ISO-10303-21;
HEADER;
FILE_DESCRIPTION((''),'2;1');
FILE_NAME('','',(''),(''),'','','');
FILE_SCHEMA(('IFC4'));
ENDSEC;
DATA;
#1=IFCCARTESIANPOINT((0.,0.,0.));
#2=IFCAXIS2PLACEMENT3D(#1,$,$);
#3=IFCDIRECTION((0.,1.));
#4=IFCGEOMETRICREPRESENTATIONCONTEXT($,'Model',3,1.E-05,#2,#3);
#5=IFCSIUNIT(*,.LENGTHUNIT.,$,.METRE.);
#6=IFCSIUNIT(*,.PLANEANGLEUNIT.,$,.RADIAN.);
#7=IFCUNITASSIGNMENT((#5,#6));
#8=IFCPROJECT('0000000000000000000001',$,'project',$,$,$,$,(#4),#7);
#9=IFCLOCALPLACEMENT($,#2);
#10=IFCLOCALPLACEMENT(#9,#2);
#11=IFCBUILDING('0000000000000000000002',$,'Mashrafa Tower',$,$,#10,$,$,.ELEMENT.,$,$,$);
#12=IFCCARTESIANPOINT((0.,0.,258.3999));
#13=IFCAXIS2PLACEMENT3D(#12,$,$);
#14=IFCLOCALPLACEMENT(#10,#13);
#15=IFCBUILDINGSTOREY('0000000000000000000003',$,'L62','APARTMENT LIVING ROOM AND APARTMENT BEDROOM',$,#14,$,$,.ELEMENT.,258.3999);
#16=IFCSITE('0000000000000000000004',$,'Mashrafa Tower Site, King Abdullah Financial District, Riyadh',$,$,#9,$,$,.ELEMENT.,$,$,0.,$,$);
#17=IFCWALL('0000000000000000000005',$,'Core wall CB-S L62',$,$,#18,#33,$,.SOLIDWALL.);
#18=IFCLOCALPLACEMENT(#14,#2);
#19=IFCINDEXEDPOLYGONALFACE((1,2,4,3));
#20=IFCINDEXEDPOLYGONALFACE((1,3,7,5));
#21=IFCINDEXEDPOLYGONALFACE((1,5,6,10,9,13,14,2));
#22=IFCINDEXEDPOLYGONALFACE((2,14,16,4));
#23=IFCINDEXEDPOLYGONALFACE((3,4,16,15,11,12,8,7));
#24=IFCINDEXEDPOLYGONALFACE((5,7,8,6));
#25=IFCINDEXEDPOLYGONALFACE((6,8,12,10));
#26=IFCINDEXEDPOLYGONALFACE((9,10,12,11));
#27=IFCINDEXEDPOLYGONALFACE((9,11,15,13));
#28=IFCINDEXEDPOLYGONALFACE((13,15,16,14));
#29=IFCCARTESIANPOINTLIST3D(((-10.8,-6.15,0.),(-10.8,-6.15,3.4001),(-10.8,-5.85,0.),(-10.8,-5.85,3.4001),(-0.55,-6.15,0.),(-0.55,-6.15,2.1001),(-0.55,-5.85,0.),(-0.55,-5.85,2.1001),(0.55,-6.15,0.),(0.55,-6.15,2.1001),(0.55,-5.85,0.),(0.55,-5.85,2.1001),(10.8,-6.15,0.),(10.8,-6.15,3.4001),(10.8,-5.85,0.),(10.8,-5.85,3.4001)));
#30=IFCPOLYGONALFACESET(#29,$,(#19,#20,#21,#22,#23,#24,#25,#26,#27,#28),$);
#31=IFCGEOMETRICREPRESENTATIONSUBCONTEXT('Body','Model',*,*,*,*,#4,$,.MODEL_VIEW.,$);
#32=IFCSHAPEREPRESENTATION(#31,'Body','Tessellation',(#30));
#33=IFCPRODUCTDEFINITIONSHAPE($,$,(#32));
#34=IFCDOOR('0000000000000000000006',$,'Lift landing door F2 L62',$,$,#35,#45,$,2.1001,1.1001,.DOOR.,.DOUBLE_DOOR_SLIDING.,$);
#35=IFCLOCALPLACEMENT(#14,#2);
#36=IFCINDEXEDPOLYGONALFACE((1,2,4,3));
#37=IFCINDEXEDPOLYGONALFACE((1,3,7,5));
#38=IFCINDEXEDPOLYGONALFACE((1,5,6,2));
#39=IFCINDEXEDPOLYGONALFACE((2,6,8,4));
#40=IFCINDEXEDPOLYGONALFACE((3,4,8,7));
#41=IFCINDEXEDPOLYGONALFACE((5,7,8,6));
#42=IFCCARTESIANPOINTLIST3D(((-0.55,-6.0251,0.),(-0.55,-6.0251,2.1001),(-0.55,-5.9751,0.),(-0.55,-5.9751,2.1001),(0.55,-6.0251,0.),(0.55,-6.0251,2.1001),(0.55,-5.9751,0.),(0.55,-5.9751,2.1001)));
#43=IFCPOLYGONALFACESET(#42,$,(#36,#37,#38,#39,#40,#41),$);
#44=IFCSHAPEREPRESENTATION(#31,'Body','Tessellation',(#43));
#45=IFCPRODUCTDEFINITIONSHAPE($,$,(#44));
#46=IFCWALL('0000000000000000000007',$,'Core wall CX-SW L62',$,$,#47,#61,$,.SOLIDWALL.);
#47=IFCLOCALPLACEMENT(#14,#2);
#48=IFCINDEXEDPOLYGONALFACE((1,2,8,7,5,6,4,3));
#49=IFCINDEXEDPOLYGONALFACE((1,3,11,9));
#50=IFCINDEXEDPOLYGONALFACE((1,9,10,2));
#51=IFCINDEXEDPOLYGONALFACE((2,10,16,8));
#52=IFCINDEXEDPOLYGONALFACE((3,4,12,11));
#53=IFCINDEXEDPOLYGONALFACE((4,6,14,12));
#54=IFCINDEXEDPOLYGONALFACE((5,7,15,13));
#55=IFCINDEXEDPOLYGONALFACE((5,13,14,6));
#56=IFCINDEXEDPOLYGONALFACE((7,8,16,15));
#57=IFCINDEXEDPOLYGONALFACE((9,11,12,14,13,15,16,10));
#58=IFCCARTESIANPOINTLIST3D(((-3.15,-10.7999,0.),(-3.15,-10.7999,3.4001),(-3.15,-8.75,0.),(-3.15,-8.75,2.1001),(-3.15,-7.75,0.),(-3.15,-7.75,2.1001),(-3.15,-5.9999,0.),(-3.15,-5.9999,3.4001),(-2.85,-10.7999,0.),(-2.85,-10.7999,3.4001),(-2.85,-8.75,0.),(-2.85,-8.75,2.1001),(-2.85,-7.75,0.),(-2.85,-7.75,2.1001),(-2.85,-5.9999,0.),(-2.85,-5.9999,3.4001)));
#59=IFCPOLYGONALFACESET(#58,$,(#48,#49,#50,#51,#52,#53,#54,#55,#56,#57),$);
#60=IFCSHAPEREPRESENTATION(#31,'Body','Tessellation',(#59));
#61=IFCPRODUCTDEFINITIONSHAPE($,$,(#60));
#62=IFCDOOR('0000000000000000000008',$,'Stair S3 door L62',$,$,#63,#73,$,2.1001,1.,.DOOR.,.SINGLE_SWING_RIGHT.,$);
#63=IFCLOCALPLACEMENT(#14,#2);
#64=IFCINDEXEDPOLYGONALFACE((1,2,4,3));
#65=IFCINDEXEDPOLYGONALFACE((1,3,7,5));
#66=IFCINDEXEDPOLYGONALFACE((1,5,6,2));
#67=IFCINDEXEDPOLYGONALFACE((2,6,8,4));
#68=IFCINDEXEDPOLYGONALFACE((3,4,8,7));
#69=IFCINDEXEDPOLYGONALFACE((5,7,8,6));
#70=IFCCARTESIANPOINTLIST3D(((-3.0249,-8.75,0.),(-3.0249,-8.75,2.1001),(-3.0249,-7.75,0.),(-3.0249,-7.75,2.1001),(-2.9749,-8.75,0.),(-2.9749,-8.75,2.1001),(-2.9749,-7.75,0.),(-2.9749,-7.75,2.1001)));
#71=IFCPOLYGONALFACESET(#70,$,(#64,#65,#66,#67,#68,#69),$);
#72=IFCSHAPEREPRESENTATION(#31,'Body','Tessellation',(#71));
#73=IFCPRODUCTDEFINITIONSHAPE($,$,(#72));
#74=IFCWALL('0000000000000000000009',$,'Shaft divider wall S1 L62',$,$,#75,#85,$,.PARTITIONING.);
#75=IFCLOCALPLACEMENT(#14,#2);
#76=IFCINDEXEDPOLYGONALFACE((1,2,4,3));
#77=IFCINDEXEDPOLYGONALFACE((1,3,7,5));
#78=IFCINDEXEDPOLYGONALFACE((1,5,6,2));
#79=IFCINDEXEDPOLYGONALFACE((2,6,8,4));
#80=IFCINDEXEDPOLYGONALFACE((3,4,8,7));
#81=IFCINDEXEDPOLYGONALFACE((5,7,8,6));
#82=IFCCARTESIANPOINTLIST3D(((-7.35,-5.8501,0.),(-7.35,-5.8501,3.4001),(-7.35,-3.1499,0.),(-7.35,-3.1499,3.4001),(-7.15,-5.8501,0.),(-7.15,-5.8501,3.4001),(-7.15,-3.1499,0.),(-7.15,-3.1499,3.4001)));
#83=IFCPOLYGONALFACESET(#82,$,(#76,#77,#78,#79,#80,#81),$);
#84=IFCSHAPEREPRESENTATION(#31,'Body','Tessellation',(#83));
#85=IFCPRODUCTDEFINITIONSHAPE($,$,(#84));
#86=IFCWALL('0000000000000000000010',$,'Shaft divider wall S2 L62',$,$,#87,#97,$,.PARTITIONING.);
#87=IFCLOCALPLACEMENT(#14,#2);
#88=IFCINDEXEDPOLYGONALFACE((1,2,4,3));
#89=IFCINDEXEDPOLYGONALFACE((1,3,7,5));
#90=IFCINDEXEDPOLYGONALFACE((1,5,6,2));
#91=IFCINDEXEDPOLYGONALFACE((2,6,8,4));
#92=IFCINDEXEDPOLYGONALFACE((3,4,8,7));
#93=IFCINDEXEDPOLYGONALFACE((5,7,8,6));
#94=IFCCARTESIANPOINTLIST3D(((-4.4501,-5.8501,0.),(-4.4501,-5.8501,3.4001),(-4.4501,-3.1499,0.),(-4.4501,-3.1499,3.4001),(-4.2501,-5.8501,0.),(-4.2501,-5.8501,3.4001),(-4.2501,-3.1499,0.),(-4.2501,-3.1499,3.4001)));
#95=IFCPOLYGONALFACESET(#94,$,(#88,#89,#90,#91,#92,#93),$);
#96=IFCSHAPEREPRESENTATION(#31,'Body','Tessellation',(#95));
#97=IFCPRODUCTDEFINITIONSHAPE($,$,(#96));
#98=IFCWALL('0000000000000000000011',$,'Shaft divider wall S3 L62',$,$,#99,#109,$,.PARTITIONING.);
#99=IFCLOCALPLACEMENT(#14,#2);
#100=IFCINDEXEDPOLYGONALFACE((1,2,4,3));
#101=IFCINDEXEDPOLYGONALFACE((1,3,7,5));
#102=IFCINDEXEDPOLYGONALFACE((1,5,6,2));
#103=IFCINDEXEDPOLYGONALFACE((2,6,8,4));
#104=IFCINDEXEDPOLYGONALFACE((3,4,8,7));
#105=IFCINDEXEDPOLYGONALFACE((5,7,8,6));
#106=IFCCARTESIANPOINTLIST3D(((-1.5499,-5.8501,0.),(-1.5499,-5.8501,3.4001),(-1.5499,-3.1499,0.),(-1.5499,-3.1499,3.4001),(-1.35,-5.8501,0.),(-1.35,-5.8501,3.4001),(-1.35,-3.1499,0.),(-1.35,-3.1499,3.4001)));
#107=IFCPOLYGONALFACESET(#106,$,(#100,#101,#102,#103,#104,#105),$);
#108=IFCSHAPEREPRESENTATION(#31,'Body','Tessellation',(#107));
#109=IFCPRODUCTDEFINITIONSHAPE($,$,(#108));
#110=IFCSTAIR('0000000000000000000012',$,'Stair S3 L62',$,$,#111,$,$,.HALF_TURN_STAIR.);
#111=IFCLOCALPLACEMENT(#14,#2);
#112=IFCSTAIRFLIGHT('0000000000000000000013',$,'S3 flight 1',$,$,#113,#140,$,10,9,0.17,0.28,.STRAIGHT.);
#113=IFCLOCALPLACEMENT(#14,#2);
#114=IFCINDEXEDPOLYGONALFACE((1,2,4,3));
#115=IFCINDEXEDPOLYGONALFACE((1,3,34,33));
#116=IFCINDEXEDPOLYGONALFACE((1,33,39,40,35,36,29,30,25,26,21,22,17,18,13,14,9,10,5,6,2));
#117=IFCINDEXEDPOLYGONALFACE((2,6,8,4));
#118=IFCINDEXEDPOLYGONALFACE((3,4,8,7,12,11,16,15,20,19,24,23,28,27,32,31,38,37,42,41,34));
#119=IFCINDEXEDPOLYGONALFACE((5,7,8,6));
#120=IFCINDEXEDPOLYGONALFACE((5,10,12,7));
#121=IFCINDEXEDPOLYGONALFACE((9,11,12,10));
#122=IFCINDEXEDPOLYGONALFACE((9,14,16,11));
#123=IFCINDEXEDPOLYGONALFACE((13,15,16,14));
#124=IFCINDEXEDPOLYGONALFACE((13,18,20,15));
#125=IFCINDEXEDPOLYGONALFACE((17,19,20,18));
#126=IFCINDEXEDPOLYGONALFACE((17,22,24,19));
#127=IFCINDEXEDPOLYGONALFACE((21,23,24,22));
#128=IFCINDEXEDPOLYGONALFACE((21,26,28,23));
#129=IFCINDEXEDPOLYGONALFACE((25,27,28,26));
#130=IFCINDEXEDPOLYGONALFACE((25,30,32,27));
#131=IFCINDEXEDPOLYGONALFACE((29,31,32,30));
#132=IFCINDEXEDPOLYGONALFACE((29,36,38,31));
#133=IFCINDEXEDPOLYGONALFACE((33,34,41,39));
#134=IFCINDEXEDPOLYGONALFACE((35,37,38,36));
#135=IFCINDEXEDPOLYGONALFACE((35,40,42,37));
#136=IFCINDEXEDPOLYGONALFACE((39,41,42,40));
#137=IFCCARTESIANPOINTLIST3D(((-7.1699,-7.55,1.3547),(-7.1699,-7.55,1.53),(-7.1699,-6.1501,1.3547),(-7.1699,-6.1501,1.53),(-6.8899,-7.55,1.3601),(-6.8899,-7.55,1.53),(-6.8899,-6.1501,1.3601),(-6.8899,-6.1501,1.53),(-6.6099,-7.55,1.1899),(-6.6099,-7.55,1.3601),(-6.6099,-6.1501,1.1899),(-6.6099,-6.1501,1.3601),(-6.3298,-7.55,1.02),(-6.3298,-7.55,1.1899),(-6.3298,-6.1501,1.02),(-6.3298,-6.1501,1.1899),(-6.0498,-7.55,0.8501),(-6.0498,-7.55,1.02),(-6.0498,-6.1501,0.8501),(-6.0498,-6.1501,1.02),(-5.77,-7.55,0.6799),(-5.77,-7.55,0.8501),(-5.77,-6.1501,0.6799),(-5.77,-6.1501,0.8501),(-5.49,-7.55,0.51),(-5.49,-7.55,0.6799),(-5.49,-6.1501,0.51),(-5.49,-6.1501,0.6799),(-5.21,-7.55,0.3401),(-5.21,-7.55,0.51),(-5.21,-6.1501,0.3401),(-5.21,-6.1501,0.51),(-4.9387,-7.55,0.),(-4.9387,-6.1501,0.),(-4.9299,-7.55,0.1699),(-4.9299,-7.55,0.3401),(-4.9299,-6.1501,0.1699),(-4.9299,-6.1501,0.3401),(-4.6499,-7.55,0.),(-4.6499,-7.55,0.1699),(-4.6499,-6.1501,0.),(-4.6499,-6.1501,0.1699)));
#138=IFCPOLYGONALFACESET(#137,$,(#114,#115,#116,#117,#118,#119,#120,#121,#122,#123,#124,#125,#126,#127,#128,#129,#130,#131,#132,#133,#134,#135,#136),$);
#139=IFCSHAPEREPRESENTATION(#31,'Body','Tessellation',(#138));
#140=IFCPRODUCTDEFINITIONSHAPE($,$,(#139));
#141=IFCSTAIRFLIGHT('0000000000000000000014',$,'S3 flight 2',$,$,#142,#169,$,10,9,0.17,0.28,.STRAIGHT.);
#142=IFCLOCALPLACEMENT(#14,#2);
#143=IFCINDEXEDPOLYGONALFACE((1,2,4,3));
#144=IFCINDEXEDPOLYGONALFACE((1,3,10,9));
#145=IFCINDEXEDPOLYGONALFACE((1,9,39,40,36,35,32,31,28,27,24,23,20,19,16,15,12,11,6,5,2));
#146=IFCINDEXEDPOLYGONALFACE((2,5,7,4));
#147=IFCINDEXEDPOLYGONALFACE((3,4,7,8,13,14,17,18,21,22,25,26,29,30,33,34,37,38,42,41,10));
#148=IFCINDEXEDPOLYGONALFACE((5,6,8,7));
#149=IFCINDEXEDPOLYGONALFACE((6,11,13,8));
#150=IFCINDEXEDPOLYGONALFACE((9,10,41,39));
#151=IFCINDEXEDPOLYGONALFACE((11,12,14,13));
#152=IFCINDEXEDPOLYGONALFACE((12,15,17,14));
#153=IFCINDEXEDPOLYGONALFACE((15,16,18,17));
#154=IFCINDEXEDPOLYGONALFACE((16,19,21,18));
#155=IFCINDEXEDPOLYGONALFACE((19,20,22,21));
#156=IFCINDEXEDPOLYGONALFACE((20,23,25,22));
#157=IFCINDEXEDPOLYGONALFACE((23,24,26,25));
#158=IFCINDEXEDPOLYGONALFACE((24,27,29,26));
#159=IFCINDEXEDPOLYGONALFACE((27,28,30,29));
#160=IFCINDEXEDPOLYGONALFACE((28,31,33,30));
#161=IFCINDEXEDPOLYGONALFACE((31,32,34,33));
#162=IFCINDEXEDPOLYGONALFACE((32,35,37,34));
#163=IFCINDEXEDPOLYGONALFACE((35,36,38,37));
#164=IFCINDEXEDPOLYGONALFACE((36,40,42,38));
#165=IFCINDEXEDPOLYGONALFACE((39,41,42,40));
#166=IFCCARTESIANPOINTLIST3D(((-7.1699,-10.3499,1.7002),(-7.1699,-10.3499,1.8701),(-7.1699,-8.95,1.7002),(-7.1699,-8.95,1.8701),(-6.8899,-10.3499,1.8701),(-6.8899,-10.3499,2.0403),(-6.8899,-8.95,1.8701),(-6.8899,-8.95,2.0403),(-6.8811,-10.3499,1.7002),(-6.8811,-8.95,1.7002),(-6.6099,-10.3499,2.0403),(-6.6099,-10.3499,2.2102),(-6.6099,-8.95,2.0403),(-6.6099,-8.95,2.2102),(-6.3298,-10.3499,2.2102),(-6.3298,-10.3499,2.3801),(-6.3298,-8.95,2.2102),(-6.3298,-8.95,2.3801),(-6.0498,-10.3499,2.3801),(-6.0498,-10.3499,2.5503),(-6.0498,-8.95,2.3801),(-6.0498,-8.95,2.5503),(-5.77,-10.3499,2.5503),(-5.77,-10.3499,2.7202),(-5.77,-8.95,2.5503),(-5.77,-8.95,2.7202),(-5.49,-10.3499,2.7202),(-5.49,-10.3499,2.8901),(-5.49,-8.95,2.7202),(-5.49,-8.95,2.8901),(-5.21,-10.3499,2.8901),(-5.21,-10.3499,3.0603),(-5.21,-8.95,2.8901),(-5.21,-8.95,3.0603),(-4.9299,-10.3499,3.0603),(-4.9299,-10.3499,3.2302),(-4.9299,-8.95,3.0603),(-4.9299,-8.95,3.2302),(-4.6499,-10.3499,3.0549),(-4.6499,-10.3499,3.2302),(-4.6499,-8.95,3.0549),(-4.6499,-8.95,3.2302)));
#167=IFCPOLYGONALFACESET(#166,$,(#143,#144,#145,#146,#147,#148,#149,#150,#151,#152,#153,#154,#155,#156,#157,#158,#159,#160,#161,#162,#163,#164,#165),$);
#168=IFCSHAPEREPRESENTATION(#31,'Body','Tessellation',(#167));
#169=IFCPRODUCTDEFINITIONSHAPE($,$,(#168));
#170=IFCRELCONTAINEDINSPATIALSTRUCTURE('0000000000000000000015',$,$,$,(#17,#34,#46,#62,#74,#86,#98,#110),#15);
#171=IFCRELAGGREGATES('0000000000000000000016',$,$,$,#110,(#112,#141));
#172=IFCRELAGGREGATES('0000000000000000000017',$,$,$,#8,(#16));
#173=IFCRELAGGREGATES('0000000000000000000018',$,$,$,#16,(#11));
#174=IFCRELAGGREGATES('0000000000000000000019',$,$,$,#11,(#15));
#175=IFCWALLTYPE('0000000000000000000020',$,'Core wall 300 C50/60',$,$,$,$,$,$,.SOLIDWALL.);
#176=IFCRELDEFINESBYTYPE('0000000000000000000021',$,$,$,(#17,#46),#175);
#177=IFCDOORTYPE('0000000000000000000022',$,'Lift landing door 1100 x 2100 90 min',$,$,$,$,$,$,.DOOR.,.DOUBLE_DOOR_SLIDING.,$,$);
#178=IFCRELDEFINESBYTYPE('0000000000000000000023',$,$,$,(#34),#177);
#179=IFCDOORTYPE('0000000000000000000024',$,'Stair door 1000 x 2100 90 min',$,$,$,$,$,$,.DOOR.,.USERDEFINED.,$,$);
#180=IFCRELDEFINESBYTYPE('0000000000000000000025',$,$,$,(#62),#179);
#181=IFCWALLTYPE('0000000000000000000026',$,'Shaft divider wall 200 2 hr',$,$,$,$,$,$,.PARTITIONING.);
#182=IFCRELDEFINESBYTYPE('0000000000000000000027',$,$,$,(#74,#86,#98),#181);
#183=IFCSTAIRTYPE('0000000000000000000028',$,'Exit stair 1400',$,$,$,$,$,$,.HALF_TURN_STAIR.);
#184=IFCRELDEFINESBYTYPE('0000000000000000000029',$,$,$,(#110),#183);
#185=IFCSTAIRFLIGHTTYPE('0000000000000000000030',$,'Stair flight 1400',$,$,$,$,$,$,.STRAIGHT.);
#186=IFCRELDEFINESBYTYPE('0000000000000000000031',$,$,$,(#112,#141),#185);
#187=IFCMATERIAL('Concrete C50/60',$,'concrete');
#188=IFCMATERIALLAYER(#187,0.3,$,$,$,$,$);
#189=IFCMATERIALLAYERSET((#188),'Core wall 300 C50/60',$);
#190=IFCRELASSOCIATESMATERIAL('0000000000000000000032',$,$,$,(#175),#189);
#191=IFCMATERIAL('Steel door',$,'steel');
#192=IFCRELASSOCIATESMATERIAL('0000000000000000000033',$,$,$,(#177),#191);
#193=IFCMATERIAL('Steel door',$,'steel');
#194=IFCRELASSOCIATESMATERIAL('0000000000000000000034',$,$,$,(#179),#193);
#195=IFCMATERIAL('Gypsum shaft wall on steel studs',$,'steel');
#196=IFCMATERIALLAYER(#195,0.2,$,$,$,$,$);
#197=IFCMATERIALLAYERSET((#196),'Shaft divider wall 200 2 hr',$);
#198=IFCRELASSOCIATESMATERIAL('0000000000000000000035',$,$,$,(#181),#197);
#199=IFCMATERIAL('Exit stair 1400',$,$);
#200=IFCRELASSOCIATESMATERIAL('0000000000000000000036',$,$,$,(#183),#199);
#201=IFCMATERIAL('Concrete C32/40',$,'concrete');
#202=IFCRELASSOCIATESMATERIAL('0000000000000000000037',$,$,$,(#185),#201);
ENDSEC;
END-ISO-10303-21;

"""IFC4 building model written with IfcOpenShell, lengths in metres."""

from ifc_helpers import new_model, si_unit, direction, frame, frame_2d, origin, place, context, subcontext, project, spatial, polyline, rectangle, outline, extrude, material, layer, layer_set, type_object, element, fill, aggregate, save


model = new_model("IFC4")

# Units and contexts
model_context = context("Model", 3, precision=1e-05, world=origin(), true_north=direction((0.0, 1.0)))
body_context = subcontext(model_context, "Body", "Model", "MODEL_VIEW")
ifc_project = project(units=[si_unit("LENGTHUNIT", "METRE"), si_unit("PLANEANGLEUNIT", "RADIAN")], contexts=[model_context])

# Site, building, storey
site_placement = place(None, origin())
site = spatial("IfcSite", under=ifc_project, at=site_placement, Name="Mashrafa Tower Site, King Abdullah Financial District, Riyadh", CompositionType="ELEMENT", RefElevation=0.0)
building_placement = place(site_placement, origin())
building = spatial("IfcBuilding", under=site, at=building_placement, Name="Mashrafa Tower", CompositionType="ELEMENT")
storey_placement = place(building_placement, frame((0.0, 0.0, 258.3999)))
storey = spatial("IfcBuildingStorey", under=building, at=storey_placement, Name="L62", Description="APARTMENT LIVING ROOM AND APARTMENT BEDROOM", CompositionType="ELEMENT", Elevation=258.3999)

# Shared definitions
ifc_material_1 = material(Name="Concrete C50/60", Category="concrete")
ifc_layer_1 = layer(ifc_material_1, 0.3)
ifc_layer_set_1 = layer_set([ifc_layer_1], Name="Core wall 300 C50/60")
wall_type_1 = type_object("IfcWallType", Name="Core wall 300 C50/60", PredefinedType="SOLIDWALL", material=ifc_layer_set_1)
ifc_material_2 = material(Name="Steel door", Category="steel")
door_type_1 = type_object("IfcDoorType", Name="Lift landing door 1100 x 2100 90 min", OperationType="DOUBLE_DOOR_SLIDING", PredefinedType="DOOR", material=ifc_material_2)

# Walls, openings, doors
wall_1_placement = place(storey_placement, frame((-10.8, -6.0, 0.0), z_axis=(0.0, 0.0, 1.0), x_axis=(1.0, 0.0, 0.0)))
wall_1 = element("IfcWall", 1, at=wall_1_placement, inside=storey, type_object=wall_type_1, Name="Core wall CB-S L62", PredefinedType="SOLIDWALL", context=body_context, shape_type="SweptSolid", body=[
    extrude(rectangle(XDim=21.6001, YDim=0.3, at=frame_2d((10.8, 0.0))), origin(), (0.0, 0.0, 1.0), 3.4001),
])
opening_1_placement = place(wall_1_placement, frame((10.25, 0.0, 0.0)))
opening_1 = element("IfcOpeningElement", 2, at=opening_1_placement, cuts=wall_1, PredefinedType="OPENING", context=body_context, shape_type="SweptSolid", body=[
    extrude(rectangle(XDim=1.1001, YDim=2.1001, at=frame_2d((0.55, 1.05))), frame((0.0, 0.1599, 0.0), z_axis=(0.0, -1.0, 0.0), x_axis=(1.0, 0.0, 0.0)), (0.0, 0.0, 1.0), 0.3201),
])
door_1_placement = place(opening_1_placement, origin())
door_1 = element("IfcDoor", 3, at=door_1_placement, inside=storey, type_object=door_type_1, Name="Lift landing door F2 L62", OperationType="DOUBLE_DOOR_SLIDING", OverallHeight=2.1001, OverallWidth=1.1001, PredefinedType="DOOR", context=body_context, shape_type="SweptSolid", body=[
    extrude(rectangle(XDim=1.1001, YDim=2.1001, at=frame_2d((0.55, 1.05))), frame((0.0, 0.0249, 0.0), z_axis=(0.0, -1.0, 0.0), x_axis=(1.0, 0.0, 0.0)), (0.0, 0.0, 1.0), 0.05),
])
fill(opening_1, door_1)
wall_2_placement = place(storey_placement, frame((-3.0, -6.0, 0.0), z_axis=(0.0, 0.0, 1.0), x_axis=(0.0, -1.0, 0.0)))
wall_2 = element("IfcWall", 4, at=wall_2_placement, inside=storey, type_object=wall_type_1, Name="Core wall CX-SW L62", PredefinedType="SOLIDWALL", context=body_context, shape_type="SweptSolid", body=[
    extrude(rectangle(XDim=4.8, YDim=0.3, at=frame_2d((2.3999, 0.0))), origin(), (0.0, 0.0, 1.0), 3.4001),
])
opening_2_placement = place(wall_2_placement, frame((1.75, 0.0, 0.0)))
opening_2 = element("IfcOpeningElement", 5, at=opening_2_placement, cuts=wall_2, PredefinedType="OPENING", context=body_context, shape_type="SweptSolid", body=[
    extrude(rectangle(XDim=1.0, YDim=2.1001, at=frame_2d((0.5, 1.05))), frame((0.0, 0.1599, 0.0), z_axis=(0.0, -1.0, 0.0), x_axis=(1.0, 0.0, 0.0)), (0.0, 0.0, 1.0), 0.3201),
])
ifc_material_3 = material(Name="Steel door", Category="steel")
door_type_2 = type_object("IfcDoorType", Name="Stair door 1000 x 2100 90 min", OperationType="USERDEFINED", PredefinedType="DOOR", material=ifc_material_3)
door_2_placement = place(opening_2_placement, frame((1.0, 0.0, 0.0), z_axis=(0.0, 0.0, 1.0), x_axis=(-1.0, 0.0, 0.0)))
door_2 = element("IfcDoor", 6, at=door_2_placement, inside=storey, type_object=door_type_2, Name="Stair S3 door L62", OperationType="SINGLE_SWING_RIGHT", OverallHeight=2.1001, OverallWidth=1.0, PredefinedType="DOOR", context=body_context, shape_type="SweptSolid", body=[
    extrude(rectangle(XDim=1.0, YDim=2.1001, at=frame_2d((0.5, 1.05))), frame((0.0, 0.0249, 0.0), z_axis=(0.0, -1.0, 0.0), x_axis=(1.0, 0.0, 0.0)), (0.0, 0.0, 1.0), 0.05),
])
fill(opening_2, door_2)

# Walls
ifc_material_4 = material(Name="Gypsum shaft wall on steel studs", Category="steel")
ifc_layer_2 = layer(ifc_material_4, 0.2)
ifc_layer_set_2 = layer_set([ifc_layer_2], Name="Shaft divider wall 200 2 hr")
wall_type_2 = type_object("IfcWallType", Name="Shaft divider wall 200 2 hr", PredefinedType="PARTITIONING", material=ifc_layer_set_2)
for number, where, z_axis, x_axis, name in (
    (7, (-7.25, -5.8501, 0.0), (0.0, 0.0, 1.0), (0.0, 1.0, 0.0), "Shaft divider wall S1 L62"),
    (8, (-4.3501, -5.8501, 0.0), (0.0, 0.0, 1.0), (0.0, 1.0, 0.0), "Shaft divider wall S2 L62"),
    (9, (-1.45, -5.8501, 0.0), (0.0, 0.0, 1.0), (0.0, 1.0, 0.0), "Shaft divider wall S3 L62"),
):
    element("IfcWall", number, at=place(storey_placement, frame(where, z_axis=z_axis, x_axis=x_axis)), inside=storey, type_object=wall_type_2, Name=name, PredefinedType="PARTITIONING", context=body_context, shape_type="SweptSolid", body=[
        extrude(rectangle(XDim=2.7002, YDim=0.2, at=frame_2d((1.3501, 0.0))), origin(), (0.0, 0.0, 1.0), 3.4001),
    ])

# Stair, stair flights
ifc_material_5 = material(Name="Exit stair 1400")
stair_type = type_object("IfcStairType", Name="Exit stair 1400", PredefinedType="HALF_TURN_STAIR", material=ifc_material_5)
stair_placement = place(storey_placement, origin())
stair = element("IfcStair", 10, at=stair_placement, inside=storey, type_object=stair_type, Name="Stair S3 L62", PredefinedType="HALF_TURN_STAIR")
ifc_material_6 = material(Name="Concrete C32/40", Category="concrete")
stair_flight_type = type_object("IfcStairFlightType", Name="Stair flight 1400", PredefinedType="STRAIGHT", material=ifc_material_6)
stair_flight_1_placement = place(storey_placement, frame((-4.6499, -6.8501, 0.0), z_axis=(0.0, 0.0, 1.0), x_axis=(-1.0, 0.0, 0.0)))
stair_flight_1 = element("IfcStairFlight", 11, at=stair_flight_1_placement, type_object=stair_flight_type, Name="S3 flight 1", NumberOfRisers=10, NumberOfTreads=9, PredefinedType="STRAIGHT", RiserHeight=0.17, TreadLength=0.28, context=body_context, shape_type="SweptSolid", body=[
    extrude(outline(polyline([(0.0, 0.0), (0.0, 0.1699), (0.28, 0.1699), (0.28, 0.3401), (0.5601, 0.3401), (0.5601, 0.51), (0.8401, 0.51), (0.8401, 0.6799), (1.1201, 0.6799), (1.1201, 0.8501), (1.3999, 0.8501), (1.3999, 1.02), (1.6799, 1.02), (1.6799, 1.1899), (1.96, 1.1899), (1.96, 1.3601), (2.24, 1.3601), (2.24, 1.53), (2.52, 1.53), (2.52, 1.7), (2.52, 1.3547), (0.2888, 0.0), (0.0, 0.0)])), frame((0.0, 0.7, 0.0), z_axis=(0.0, -1.0, 0.0), x_axis=(1.0, 0.0, 0.0)), (0.0, 0.0, 1.0), 1.3999),
])
stair_flight_2_placement = place(storey_placement, frame((-7.1699, -9.6499, 1.7002), z_axis=(0.0, 0.0, 1.0), x_axis=(1.0, 0.0, 0.0)))
stair_flight_2 = element("IfcStairFlight", 12, at=stair_flight_2_placement, type_object=stair_flight_type, Name="S3 flight 2", NumberOfRisers=10, NumberOfTreads=9, PredefinedType="STRAIGHT", RiserHeight=0.17, TreadLength=0.28, context=body_context, shape_type="SweptSolid", body=[
    extrude(outline(polyline([(0.0, 0.0), (0.0, 0.1699), (0.28, 0.1699), (0.28, 0.3401), (0.5601, 0.3401), (0.5601, 0.51), (0.8401, 0.51), (0.8401, 0.6799), (1.1201, 0.6799), (1.1201, 0.8501), (1.3999, 0.8501), (1.3999, 1.02), (1.6799, 1.02), (1.6799, 1.1899), (1.96, 1.1899), (1.96, 1.3601), (2.24, 1.3601), (2.24, 1.53), (2.52, 1.53), (2.52, 1.7), (2.52, 1.3547), (0.2888, 0.0), (0.0, 0.0)])), frame((0.0, 0.7, 0.0), z_axis=(0.0, -1.0, 0.0), x_axis=(1.0, 0.0, 0.0)), (0.0, 0.0, 1.0), 1.3999),
])
aggregate(stair, [stair_flight_1, stair_flight_2])

save(model, "model.ifc")
